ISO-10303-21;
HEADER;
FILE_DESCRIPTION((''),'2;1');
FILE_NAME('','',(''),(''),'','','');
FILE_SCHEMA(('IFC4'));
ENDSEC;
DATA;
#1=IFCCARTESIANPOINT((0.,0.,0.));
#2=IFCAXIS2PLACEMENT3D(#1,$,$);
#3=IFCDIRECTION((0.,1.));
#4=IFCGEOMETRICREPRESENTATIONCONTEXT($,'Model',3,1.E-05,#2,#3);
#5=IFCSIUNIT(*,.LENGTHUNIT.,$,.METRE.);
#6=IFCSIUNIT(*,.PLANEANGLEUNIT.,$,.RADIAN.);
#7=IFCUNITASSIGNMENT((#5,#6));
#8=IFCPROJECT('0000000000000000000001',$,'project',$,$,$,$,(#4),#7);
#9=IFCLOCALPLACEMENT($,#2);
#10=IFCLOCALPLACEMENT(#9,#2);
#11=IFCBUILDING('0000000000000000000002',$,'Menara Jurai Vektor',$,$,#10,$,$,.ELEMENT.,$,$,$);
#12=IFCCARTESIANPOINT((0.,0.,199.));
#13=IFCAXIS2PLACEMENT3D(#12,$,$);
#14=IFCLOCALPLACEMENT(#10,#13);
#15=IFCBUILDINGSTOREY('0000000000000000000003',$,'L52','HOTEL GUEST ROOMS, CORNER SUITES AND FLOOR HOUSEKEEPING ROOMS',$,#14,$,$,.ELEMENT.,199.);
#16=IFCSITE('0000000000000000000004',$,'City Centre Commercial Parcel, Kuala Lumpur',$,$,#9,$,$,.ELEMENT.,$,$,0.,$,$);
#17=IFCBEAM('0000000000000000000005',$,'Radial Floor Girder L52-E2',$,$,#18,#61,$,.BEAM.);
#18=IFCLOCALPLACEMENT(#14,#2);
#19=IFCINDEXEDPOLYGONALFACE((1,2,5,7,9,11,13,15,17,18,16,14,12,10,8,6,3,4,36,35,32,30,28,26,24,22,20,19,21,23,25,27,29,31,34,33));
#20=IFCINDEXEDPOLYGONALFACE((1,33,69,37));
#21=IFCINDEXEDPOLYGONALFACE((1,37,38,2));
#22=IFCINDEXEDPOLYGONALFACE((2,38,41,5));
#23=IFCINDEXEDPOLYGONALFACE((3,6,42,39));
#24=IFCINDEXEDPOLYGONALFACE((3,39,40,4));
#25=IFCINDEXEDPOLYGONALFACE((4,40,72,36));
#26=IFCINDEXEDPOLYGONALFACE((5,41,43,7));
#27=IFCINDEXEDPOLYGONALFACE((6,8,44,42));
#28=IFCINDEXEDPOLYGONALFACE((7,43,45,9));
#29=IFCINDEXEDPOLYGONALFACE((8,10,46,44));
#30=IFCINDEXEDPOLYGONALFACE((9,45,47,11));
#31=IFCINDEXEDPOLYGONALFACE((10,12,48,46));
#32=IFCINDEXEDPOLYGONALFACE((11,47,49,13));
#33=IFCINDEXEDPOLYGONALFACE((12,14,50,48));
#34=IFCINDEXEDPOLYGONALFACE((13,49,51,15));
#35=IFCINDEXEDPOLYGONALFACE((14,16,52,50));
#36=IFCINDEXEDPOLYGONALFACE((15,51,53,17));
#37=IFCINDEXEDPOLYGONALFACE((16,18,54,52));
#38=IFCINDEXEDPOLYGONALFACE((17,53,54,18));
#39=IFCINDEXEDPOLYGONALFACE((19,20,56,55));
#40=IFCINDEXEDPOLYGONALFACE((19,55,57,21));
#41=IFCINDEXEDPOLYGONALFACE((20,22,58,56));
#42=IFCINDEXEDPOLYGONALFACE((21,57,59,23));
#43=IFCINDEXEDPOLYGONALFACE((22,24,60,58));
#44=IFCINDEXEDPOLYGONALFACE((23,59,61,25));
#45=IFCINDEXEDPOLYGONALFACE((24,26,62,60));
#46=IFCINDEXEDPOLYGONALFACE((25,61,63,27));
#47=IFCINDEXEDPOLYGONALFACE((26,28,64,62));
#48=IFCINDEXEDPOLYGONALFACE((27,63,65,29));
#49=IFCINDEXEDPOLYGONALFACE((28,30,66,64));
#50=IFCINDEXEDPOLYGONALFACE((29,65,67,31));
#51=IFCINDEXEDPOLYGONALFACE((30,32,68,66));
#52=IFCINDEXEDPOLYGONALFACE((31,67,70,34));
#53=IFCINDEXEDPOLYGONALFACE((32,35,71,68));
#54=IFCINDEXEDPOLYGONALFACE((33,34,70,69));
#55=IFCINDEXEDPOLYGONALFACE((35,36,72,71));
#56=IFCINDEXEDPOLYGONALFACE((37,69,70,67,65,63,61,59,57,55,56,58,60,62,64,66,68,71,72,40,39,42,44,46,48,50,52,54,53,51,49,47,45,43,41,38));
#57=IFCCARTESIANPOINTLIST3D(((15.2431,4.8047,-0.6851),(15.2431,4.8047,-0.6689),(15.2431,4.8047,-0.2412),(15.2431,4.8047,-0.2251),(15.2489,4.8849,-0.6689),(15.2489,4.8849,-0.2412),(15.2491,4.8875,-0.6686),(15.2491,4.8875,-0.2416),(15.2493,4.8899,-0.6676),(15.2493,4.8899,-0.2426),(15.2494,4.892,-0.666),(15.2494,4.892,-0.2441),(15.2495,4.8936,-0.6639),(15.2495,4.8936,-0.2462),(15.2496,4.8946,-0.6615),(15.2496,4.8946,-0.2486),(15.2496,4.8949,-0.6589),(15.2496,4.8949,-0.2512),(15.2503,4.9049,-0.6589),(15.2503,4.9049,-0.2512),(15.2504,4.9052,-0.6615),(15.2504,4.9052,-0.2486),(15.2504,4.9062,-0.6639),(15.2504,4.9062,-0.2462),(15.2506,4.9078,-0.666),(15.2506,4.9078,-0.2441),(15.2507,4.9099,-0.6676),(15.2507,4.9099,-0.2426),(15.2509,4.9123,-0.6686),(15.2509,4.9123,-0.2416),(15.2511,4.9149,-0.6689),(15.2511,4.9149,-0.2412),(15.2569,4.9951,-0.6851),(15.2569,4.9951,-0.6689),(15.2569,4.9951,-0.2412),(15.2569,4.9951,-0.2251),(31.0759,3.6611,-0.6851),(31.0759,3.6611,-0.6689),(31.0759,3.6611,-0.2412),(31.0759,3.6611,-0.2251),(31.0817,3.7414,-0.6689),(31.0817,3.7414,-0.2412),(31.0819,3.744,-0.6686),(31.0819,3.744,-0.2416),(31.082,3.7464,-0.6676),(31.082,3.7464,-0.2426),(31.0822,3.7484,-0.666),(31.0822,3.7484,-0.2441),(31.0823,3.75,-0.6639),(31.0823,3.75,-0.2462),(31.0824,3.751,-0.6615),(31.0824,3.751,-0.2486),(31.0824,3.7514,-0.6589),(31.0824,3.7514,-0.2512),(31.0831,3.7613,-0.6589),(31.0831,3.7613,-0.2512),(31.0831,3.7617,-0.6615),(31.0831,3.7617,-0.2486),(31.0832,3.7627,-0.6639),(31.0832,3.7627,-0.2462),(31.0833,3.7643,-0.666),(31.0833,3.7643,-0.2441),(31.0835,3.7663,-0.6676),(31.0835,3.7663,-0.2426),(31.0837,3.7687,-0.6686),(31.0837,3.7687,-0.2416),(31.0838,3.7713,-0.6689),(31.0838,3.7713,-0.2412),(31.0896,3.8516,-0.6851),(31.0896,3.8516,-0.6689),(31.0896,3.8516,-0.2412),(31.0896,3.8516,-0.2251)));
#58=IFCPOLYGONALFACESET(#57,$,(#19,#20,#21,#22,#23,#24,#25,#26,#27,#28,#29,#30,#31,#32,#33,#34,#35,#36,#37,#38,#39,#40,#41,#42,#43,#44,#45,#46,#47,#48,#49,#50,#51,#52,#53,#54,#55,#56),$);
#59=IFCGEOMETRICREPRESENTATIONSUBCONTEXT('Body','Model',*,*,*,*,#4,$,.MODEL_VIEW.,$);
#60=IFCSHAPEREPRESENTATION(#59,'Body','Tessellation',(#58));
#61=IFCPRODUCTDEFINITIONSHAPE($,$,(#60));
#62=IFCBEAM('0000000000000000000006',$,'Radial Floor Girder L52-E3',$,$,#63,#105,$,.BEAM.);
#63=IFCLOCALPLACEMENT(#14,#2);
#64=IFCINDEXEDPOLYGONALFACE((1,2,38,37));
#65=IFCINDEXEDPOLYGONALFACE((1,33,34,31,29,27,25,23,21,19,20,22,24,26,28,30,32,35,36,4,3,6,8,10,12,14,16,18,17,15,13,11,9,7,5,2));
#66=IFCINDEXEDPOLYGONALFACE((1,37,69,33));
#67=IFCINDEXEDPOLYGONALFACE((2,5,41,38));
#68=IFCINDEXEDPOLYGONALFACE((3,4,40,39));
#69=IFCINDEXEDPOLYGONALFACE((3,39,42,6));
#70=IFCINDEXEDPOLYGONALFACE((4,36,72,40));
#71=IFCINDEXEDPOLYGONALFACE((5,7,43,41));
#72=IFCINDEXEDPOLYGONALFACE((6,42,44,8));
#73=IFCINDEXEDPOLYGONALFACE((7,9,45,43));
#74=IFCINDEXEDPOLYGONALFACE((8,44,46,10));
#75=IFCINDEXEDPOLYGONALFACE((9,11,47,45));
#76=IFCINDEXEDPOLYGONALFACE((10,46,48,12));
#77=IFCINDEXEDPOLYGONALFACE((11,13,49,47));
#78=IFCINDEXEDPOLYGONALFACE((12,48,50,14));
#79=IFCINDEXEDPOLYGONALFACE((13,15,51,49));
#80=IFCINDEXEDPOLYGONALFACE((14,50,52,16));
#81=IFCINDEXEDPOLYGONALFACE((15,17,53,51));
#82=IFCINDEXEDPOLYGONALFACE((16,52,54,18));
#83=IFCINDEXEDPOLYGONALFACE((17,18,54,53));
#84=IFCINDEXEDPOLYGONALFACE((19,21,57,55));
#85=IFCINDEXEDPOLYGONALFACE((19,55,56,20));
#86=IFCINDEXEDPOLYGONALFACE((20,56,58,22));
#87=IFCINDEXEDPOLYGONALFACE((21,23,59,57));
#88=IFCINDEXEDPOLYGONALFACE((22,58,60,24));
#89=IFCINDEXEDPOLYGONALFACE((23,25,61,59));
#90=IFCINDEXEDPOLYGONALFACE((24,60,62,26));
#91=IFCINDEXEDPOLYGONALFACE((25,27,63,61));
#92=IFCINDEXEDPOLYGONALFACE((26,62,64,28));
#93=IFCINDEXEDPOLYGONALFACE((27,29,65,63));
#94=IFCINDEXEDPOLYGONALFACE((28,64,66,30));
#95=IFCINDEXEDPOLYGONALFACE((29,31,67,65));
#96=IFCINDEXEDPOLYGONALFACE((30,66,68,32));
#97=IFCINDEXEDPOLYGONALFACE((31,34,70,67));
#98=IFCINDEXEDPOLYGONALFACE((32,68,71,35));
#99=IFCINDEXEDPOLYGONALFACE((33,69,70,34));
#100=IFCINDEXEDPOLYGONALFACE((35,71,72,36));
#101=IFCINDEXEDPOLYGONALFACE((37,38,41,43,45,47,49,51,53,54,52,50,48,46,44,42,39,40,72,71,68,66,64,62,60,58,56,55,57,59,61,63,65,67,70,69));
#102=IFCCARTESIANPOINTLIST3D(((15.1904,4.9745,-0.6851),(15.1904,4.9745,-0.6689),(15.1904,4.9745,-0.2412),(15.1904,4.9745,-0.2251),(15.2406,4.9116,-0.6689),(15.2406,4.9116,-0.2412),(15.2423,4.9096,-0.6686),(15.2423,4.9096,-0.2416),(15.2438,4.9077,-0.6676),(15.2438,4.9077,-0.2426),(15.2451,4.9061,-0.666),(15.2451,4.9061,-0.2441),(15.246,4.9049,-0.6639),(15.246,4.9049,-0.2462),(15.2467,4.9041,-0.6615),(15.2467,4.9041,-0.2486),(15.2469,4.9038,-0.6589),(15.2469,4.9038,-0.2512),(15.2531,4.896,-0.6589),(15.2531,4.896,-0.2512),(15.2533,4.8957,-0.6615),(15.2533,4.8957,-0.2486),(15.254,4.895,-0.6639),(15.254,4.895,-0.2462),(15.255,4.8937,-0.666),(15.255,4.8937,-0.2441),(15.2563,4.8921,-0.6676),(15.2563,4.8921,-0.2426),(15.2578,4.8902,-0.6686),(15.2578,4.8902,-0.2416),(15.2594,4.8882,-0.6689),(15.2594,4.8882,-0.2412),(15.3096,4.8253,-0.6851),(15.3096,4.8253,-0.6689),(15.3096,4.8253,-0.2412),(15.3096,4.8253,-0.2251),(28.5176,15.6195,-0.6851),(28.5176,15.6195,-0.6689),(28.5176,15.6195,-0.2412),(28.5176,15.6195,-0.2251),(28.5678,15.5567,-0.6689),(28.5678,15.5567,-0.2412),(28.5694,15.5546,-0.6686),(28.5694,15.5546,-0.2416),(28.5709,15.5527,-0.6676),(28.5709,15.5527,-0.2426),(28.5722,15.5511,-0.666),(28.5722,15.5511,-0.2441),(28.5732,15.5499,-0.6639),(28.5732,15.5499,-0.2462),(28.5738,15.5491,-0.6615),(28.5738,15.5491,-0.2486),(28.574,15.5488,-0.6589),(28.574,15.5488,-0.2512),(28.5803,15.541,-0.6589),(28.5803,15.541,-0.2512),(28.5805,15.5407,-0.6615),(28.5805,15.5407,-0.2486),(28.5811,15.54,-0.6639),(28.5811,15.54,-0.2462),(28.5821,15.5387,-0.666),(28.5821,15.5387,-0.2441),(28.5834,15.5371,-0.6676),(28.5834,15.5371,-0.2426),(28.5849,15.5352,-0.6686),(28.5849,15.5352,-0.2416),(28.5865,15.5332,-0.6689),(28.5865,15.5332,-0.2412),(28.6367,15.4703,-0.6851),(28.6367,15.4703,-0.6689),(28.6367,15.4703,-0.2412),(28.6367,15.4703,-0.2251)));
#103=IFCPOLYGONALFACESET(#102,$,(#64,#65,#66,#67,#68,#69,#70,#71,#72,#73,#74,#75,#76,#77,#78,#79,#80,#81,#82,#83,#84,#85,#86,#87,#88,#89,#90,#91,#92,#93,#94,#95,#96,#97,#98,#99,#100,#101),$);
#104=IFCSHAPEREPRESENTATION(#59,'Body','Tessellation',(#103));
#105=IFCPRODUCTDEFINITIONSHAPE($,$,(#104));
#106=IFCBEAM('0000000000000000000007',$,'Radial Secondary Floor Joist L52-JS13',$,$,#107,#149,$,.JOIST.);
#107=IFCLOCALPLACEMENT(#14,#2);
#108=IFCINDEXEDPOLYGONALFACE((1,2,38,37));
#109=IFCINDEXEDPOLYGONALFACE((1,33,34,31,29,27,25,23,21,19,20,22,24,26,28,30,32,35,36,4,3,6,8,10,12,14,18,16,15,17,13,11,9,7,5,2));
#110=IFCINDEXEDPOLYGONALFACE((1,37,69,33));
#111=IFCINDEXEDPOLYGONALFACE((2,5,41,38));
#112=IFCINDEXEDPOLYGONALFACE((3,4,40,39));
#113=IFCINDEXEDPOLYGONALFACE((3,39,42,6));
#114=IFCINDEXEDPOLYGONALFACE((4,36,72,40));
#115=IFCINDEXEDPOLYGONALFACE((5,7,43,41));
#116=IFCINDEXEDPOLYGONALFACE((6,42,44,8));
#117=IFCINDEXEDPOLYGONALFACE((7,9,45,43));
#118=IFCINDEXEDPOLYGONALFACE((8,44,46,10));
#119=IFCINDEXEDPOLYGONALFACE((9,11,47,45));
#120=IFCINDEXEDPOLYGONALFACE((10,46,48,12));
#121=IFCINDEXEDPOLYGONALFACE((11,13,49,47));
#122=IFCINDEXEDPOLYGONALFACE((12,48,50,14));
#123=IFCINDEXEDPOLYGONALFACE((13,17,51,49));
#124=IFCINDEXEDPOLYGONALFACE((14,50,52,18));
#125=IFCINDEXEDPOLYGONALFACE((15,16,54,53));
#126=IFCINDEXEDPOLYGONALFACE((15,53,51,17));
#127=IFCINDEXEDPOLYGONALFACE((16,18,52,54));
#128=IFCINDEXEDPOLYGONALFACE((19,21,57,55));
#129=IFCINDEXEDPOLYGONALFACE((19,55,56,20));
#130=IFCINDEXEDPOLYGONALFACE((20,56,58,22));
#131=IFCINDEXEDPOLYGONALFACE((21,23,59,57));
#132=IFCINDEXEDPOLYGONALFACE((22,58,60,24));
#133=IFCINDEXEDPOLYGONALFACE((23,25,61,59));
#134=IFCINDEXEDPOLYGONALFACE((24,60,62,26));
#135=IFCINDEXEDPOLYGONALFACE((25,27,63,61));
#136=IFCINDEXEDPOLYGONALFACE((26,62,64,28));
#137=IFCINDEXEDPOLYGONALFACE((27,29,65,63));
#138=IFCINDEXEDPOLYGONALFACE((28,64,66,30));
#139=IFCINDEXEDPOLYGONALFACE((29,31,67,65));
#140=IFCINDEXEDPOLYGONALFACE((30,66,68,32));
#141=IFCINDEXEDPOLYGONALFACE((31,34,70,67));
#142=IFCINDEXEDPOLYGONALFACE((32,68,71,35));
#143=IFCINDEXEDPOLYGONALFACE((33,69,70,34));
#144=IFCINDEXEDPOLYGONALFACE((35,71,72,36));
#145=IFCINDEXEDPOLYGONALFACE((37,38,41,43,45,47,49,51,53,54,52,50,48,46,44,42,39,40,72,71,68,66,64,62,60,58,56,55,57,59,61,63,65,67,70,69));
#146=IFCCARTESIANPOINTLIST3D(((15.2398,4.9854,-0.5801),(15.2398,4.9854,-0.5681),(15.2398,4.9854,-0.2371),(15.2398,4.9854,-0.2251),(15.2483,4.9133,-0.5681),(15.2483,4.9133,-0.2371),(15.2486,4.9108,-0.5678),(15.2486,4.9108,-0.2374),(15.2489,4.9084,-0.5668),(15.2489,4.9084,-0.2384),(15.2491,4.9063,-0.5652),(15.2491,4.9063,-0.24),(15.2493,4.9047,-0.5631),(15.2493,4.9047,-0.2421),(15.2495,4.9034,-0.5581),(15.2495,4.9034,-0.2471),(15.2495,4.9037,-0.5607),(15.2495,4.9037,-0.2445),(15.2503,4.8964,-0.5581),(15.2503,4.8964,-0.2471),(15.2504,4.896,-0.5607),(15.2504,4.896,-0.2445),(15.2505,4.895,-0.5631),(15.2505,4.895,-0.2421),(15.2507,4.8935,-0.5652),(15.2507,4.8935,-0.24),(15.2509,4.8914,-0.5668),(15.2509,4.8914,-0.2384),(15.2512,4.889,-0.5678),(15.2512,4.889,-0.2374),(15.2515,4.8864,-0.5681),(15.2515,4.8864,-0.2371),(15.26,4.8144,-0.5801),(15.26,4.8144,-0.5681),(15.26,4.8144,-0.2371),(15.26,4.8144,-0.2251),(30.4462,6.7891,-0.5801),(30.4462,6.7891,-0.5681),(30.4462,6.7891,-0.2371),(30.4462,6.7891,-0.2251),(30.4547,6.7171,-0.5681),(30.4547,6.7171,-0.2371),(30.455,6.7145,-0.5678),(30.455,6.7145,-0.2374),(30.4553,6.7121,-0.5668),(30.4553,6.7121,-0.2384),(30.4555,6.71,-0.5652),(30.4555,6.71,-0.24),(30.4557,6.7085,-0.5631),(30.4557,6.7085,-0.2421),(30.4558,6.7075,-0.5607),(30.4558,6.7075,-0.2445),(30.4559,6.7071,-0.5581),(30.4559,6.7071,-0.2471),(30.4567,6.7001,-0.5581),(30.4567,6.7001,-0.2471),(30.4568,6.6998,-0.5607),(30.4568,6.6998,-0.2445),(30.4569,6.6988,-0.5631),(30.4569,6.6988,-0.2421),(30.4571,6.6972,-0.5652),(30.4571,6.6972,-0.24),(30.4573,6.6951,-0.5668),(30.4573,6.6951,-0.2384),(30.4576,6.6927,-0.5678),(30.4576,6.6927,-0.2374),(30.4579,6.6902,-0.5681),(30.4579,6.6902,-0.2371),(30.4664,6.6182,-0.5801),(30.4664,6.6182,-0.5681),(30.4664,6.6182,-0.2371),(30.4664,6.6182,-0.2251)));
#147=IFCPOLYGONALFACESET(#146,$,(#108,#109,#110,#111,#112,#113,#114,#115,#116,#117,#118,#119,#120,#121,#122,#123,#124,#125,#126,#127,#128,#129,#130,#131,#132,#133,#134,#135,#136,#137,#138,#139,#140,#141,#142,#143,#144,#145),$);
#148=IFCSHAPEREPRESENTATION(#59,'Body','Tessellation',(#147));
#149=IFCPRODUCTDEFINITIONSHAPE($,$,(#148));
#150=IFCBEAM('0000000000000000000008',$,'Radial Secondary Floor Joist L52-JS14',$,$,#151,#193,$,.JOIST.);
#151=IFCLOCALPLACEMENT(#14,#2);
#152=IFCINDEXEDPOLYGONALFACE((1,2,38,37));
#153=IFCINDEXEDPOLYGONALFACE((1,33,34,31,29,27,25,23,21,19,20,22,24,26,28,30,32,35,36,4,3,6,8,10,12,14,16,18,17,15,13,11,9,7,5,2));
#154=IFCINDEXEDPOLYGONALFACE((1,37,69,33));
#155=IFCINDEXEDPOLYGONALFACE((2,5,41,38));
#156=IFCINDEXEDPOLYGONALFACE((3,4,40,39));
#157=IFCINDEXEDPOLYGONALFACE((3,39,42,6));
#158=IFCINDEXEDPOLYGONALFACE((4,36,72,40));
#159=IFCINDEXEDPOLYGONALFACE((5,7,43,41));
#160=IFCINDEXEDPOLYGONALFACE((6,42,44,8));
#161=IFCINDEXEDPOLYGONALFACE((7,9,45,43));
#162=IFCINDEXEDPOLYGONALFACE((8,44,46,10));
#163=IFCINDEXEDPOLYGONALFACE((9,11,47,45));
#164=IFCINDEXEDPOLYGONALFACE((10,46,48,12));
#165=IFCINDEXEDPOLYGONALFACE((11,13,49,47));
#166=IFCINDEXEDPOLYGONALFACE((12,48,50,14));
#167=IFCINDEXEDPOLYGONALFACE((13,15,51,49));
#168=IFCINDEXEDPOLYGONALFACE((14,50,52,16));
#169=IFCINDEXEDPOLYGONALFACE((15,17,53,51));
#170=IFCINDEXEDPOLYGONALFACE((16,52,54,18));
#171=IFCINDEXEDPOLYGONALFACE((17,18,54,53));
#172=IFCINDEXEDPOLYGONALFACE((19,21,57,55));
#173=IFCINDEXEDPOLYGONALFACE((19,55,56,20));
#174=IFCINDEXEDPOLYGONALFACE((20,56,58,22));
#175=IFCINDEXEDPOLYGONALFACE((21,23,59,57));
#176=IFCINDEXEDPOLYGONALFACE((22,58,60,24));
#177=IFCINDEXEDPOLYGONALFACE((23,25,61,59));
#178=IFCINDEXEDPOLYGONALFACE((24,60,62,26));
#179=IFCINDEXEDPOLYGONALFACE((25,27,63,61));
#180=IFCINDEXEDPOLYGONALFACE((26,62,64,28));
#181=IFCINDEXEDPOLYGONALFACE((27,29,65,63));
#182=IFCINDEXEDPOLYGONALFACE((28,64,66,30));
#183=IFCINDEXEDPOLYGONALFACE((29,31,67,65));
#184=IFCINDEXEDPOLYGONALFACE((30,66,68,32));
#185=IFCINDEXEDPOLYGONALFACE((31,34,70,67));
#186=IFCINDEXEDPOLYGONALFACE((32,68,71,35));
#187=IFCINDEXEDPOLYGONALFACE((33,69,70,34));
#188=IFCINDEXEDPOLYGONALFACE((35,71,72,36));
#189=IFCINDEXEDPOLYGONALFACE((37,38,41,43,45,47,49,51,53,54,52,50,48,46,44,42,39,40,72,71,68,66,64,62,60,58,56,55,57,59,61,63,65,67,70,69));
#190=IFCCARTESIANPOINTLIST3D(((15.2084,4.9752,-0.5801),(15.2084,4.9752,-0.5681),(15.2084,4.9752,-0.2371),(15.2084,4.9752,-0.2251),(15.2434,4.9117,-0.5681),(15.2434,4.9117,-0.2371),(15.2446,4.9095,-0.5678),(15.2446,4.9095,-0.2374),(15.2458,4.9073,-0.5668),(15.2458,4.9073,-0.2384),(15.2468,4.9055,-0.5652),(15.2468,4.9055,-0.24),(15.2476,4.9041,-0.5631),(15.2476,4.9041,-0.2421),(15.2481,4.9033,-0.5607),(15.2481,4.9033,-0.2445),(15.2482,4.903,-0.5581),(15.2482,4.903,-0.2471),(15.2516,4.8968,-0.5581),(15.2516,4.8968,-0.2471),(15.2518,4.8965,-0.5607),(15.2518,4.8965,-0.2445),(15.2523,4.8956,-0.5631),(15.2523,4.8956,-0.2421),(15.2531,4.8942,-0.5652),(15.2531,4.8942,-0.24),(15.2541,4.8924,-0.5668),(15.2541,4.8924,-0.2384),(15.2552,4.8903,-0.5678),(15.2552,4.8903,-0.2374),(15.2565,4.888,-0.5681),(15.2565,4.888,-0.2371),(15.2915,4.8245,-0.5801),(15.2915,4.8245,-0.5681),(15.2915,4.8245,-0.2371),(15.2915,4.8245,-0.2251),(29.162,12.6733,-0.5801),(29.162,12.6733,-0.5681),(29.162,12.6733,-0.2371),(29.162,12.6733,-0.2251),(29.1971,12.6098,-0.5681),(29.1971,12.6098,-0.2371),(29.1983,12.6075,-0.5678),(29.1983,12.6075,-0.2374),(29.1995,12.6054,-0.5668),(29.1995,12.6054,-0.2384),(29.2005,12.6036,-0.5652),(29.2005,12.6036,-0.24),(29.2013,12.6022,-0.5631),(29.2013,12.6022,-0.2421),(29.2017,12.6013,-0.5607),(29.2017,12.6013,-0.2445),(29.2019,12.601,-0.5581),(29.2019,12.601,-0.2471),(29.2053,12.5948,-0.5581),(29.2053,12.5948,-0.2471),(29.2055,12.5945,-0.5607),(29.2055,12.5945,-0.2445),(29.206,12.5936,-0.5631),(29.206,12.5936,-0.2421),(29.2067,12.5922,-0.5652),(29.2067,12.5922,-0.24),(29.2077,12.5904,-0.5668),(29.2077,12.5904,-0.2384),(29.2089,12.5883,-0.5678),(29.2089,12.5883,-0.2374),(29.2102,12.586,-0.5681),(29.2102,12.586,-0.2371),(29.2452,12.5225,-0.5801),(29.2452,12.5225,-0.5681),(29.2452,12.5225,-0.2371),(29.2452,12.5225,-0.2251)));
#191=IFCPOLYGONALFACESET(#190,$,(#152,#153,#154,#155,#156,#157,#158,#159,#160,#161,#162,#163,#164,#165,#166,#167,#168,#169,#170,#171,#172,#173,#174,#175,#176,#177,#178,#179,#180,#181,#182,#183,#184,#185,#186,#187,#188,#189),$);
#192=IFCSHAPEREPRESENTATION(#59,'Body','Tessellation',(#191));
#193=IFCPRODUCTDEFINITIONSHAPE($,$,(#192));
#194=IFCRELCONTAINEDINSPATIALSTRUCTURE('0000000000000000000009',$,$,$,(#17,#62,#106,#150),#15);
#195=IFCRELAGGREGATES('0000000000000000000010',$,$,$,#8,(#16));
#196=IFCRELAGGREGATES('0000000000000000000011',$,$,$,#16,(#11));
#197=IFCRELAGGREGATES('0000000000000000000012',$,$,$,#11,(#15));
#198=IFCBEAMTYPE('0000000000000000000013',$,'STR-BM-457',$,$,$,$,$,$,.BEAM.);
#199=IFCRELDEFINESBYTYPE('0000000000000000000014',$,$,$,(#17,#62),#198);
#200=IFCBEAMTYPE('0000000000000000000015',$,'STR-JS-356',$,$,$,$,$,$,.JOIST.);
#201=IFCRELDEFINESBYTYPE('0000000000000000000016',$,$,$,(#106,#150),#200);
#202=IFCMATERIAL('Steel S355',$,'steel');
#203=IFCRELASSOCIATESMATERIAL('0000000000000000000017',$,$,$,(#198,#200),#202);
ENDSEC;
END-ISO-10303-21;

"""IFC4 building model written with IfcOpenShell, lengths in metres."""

from ifc_helpers import new_model, si_unit, direction, frame, origin, origin_2d, place, context, subcontext, project, spatial, i_section, extrude, material, material_profile, profile_set, type_object, element, save


model = new_model("IFC4")

# Units and contexts
model_context = context("Model", 3, precision=1e-05, world=origin(), true_north=direction((0.0, 1.0)))
body_context = subcontext(model_context, "Body", "Model", "MODEL_VIEW")
ifc_project = project(units=[si_unit("LENGTHUNIT", "METRE"), si_unit("PLANEANGLEUNIT", "RADIAN")], contexts=[model_context])

# Site, building, storey
site_placement = place(None, origin())
site = spatial("IfcSite", under=ifc_project, at=site_placement, Name="City Centre Commercial Parcel, Kuala Lumpur", CompositionType="ELEMENT", RefElevation=0.0)
building_placement = place(site_placement, origin())
building = spatial("IfcBuilding", under=site, at=building_placement, Name="Menara Jurai Vektor", CompositionType="ELEMENT")
storey_placement = place(building_placement, frame((0.0, 0.0, 199.0)))
storey = spatial("IfcBuildingStorey", under=building, at=storey_placement, Name="L52", Description="HOTEL GUEST ROOMS, CORNER SUITES AND FLOOR HOUSEKEEPING ROOMS", CompositionType="ELEMENT", Elevation=199.0)

# Beams
ifc_material_1 = material(Name="Steel S355", Category="steel")
ifc_material_profile_1 = material_profile(ifc_material_1, i_section(OverallWidth=0.1909, OverallDepth=0.46, WebThickness=0.01, FlangeThickness=0.0161, FilletRadius=0.01, at=origin_2d()), Name="UKB 457x191x82")
ifc_profile_set_1 = profile_set([ifc_material_profile_1], Name="Steel S355")
beam_type_1 = type_object("IfcBeamType", Name="STR-BM-457", PredefinedType="BEAM", material=ifc_profile_set_1)
beam_1_placement = place(storey_placement, frame((31.0828, 3.7563, -0.4551), z_axis=(-0.997402, 0.072039, 0.0), x_axis=(-0.072039, -0.997402, 0.0)))
element("IfcBeam", 1, at=beam_1_placement, inside=storey, type_object=beam_type_1, Name="Radial Floor Girder L52-E2", PredefinedType="BEAM", context=body_context, shape_type="SweptSolid", body=[
    extrude(i_section(OverallWidth=0.1909, OverallDepth=0.46, WebThickness=0.01, FlangeThickness=0.0161, FilletRadius=0.01, at=origin_2d()), origin(), (0.0, 0.0, 1.0), 15.874),
])
beam_2_placement = place(storey_placement, frame((28.5771, 15.5449, -0.4551), z_axis=(-0.781346, -0.624098, 0.0), x_axis=(0.624098, -0.781346, 0.0)))
element("IfcBeam", 2, at=beam_2_placement, inside=storey, type_object=beam_type_1, Name="Radial Floor Girder L52-E3", PredefinedType="BEAM", context=body_context, shape_type="SweptSolid", body=[
    extrude(i_section(OverallWidth=0.1909, OverallDepth=0.46, WebThickness=0.01, FlangeThickness=0.0161, FilletRadius=0.01, at=origin_2d()), origin(), (0.0, 0.0, 1.0), 17.0566),
])
ifc_material_profile_2 = material_profile(ifc_material_1, i_section(OverallWidth=0.1721, OverallDepth=0.355, WebThickness=0.0071, FlangeThickness=0.012, FilletRadius=0.01, at=origin_2d()), Name="UKB 356x171x51")
ifc_profile_set_2 = profile_set([ifc_material_profile_2], Name="Steel S355")
beam_type_2 = type_object("IfcBeamType", Name="STR-JS-356", PredefinedType="JOIST", material=ifc_profile_set_2)
beam_3_placement = place(storey_placement, frame((30.4563, 6.7036, -0.4026), z_axis=(-0.993038, -0.11779, 0.0), x_axis=(0.11779, -0.993038, 0.0)))
element("IfcBeam", 3, at=beam_3_placement, inside=storey, type_object=beam_type_2, Name="Radial Secondary Floor Joist L52-JS13", PredefinedType="JOIST", context=body_context, shape_type="SweptSolid", body=[
    extrude(i_section(OverallWidth=0.1721, OverallDepth=0.355, WebThickness=0.0071, FlangeThickness=0.012, FilletRadius=0.01, at=origin_2d()), origin(), (0.0, 0.0, 1.0), 15.313),
])
beam_4_placement = place(storey_placement, frame((29.2036, 12.5979, -0.4026), z_axis=(-0.875592, -0.483051, 0.0), x_axis=(0.483051, -0.875592, 0.0)))
element("IfcBeam", 4, at=beam_4_placement, inside=storey, type_object=beam_type_2, Name="Radial Secondary Floor Joist L52-JS14", PredefinedType="JOIST", context=body_context, shape_type="SweptSolid", body=[
    extrude(i_section(OverallWidth=0.1721, OverallDepth=0.355, WebThickness=0.0071, FlangeThickness=0.012, FilletRadius=0.01, at=origin_2d()), origin(), (0.0, 0.0, 1.0), 15.9363),
])

save(model, "model.ifc")
